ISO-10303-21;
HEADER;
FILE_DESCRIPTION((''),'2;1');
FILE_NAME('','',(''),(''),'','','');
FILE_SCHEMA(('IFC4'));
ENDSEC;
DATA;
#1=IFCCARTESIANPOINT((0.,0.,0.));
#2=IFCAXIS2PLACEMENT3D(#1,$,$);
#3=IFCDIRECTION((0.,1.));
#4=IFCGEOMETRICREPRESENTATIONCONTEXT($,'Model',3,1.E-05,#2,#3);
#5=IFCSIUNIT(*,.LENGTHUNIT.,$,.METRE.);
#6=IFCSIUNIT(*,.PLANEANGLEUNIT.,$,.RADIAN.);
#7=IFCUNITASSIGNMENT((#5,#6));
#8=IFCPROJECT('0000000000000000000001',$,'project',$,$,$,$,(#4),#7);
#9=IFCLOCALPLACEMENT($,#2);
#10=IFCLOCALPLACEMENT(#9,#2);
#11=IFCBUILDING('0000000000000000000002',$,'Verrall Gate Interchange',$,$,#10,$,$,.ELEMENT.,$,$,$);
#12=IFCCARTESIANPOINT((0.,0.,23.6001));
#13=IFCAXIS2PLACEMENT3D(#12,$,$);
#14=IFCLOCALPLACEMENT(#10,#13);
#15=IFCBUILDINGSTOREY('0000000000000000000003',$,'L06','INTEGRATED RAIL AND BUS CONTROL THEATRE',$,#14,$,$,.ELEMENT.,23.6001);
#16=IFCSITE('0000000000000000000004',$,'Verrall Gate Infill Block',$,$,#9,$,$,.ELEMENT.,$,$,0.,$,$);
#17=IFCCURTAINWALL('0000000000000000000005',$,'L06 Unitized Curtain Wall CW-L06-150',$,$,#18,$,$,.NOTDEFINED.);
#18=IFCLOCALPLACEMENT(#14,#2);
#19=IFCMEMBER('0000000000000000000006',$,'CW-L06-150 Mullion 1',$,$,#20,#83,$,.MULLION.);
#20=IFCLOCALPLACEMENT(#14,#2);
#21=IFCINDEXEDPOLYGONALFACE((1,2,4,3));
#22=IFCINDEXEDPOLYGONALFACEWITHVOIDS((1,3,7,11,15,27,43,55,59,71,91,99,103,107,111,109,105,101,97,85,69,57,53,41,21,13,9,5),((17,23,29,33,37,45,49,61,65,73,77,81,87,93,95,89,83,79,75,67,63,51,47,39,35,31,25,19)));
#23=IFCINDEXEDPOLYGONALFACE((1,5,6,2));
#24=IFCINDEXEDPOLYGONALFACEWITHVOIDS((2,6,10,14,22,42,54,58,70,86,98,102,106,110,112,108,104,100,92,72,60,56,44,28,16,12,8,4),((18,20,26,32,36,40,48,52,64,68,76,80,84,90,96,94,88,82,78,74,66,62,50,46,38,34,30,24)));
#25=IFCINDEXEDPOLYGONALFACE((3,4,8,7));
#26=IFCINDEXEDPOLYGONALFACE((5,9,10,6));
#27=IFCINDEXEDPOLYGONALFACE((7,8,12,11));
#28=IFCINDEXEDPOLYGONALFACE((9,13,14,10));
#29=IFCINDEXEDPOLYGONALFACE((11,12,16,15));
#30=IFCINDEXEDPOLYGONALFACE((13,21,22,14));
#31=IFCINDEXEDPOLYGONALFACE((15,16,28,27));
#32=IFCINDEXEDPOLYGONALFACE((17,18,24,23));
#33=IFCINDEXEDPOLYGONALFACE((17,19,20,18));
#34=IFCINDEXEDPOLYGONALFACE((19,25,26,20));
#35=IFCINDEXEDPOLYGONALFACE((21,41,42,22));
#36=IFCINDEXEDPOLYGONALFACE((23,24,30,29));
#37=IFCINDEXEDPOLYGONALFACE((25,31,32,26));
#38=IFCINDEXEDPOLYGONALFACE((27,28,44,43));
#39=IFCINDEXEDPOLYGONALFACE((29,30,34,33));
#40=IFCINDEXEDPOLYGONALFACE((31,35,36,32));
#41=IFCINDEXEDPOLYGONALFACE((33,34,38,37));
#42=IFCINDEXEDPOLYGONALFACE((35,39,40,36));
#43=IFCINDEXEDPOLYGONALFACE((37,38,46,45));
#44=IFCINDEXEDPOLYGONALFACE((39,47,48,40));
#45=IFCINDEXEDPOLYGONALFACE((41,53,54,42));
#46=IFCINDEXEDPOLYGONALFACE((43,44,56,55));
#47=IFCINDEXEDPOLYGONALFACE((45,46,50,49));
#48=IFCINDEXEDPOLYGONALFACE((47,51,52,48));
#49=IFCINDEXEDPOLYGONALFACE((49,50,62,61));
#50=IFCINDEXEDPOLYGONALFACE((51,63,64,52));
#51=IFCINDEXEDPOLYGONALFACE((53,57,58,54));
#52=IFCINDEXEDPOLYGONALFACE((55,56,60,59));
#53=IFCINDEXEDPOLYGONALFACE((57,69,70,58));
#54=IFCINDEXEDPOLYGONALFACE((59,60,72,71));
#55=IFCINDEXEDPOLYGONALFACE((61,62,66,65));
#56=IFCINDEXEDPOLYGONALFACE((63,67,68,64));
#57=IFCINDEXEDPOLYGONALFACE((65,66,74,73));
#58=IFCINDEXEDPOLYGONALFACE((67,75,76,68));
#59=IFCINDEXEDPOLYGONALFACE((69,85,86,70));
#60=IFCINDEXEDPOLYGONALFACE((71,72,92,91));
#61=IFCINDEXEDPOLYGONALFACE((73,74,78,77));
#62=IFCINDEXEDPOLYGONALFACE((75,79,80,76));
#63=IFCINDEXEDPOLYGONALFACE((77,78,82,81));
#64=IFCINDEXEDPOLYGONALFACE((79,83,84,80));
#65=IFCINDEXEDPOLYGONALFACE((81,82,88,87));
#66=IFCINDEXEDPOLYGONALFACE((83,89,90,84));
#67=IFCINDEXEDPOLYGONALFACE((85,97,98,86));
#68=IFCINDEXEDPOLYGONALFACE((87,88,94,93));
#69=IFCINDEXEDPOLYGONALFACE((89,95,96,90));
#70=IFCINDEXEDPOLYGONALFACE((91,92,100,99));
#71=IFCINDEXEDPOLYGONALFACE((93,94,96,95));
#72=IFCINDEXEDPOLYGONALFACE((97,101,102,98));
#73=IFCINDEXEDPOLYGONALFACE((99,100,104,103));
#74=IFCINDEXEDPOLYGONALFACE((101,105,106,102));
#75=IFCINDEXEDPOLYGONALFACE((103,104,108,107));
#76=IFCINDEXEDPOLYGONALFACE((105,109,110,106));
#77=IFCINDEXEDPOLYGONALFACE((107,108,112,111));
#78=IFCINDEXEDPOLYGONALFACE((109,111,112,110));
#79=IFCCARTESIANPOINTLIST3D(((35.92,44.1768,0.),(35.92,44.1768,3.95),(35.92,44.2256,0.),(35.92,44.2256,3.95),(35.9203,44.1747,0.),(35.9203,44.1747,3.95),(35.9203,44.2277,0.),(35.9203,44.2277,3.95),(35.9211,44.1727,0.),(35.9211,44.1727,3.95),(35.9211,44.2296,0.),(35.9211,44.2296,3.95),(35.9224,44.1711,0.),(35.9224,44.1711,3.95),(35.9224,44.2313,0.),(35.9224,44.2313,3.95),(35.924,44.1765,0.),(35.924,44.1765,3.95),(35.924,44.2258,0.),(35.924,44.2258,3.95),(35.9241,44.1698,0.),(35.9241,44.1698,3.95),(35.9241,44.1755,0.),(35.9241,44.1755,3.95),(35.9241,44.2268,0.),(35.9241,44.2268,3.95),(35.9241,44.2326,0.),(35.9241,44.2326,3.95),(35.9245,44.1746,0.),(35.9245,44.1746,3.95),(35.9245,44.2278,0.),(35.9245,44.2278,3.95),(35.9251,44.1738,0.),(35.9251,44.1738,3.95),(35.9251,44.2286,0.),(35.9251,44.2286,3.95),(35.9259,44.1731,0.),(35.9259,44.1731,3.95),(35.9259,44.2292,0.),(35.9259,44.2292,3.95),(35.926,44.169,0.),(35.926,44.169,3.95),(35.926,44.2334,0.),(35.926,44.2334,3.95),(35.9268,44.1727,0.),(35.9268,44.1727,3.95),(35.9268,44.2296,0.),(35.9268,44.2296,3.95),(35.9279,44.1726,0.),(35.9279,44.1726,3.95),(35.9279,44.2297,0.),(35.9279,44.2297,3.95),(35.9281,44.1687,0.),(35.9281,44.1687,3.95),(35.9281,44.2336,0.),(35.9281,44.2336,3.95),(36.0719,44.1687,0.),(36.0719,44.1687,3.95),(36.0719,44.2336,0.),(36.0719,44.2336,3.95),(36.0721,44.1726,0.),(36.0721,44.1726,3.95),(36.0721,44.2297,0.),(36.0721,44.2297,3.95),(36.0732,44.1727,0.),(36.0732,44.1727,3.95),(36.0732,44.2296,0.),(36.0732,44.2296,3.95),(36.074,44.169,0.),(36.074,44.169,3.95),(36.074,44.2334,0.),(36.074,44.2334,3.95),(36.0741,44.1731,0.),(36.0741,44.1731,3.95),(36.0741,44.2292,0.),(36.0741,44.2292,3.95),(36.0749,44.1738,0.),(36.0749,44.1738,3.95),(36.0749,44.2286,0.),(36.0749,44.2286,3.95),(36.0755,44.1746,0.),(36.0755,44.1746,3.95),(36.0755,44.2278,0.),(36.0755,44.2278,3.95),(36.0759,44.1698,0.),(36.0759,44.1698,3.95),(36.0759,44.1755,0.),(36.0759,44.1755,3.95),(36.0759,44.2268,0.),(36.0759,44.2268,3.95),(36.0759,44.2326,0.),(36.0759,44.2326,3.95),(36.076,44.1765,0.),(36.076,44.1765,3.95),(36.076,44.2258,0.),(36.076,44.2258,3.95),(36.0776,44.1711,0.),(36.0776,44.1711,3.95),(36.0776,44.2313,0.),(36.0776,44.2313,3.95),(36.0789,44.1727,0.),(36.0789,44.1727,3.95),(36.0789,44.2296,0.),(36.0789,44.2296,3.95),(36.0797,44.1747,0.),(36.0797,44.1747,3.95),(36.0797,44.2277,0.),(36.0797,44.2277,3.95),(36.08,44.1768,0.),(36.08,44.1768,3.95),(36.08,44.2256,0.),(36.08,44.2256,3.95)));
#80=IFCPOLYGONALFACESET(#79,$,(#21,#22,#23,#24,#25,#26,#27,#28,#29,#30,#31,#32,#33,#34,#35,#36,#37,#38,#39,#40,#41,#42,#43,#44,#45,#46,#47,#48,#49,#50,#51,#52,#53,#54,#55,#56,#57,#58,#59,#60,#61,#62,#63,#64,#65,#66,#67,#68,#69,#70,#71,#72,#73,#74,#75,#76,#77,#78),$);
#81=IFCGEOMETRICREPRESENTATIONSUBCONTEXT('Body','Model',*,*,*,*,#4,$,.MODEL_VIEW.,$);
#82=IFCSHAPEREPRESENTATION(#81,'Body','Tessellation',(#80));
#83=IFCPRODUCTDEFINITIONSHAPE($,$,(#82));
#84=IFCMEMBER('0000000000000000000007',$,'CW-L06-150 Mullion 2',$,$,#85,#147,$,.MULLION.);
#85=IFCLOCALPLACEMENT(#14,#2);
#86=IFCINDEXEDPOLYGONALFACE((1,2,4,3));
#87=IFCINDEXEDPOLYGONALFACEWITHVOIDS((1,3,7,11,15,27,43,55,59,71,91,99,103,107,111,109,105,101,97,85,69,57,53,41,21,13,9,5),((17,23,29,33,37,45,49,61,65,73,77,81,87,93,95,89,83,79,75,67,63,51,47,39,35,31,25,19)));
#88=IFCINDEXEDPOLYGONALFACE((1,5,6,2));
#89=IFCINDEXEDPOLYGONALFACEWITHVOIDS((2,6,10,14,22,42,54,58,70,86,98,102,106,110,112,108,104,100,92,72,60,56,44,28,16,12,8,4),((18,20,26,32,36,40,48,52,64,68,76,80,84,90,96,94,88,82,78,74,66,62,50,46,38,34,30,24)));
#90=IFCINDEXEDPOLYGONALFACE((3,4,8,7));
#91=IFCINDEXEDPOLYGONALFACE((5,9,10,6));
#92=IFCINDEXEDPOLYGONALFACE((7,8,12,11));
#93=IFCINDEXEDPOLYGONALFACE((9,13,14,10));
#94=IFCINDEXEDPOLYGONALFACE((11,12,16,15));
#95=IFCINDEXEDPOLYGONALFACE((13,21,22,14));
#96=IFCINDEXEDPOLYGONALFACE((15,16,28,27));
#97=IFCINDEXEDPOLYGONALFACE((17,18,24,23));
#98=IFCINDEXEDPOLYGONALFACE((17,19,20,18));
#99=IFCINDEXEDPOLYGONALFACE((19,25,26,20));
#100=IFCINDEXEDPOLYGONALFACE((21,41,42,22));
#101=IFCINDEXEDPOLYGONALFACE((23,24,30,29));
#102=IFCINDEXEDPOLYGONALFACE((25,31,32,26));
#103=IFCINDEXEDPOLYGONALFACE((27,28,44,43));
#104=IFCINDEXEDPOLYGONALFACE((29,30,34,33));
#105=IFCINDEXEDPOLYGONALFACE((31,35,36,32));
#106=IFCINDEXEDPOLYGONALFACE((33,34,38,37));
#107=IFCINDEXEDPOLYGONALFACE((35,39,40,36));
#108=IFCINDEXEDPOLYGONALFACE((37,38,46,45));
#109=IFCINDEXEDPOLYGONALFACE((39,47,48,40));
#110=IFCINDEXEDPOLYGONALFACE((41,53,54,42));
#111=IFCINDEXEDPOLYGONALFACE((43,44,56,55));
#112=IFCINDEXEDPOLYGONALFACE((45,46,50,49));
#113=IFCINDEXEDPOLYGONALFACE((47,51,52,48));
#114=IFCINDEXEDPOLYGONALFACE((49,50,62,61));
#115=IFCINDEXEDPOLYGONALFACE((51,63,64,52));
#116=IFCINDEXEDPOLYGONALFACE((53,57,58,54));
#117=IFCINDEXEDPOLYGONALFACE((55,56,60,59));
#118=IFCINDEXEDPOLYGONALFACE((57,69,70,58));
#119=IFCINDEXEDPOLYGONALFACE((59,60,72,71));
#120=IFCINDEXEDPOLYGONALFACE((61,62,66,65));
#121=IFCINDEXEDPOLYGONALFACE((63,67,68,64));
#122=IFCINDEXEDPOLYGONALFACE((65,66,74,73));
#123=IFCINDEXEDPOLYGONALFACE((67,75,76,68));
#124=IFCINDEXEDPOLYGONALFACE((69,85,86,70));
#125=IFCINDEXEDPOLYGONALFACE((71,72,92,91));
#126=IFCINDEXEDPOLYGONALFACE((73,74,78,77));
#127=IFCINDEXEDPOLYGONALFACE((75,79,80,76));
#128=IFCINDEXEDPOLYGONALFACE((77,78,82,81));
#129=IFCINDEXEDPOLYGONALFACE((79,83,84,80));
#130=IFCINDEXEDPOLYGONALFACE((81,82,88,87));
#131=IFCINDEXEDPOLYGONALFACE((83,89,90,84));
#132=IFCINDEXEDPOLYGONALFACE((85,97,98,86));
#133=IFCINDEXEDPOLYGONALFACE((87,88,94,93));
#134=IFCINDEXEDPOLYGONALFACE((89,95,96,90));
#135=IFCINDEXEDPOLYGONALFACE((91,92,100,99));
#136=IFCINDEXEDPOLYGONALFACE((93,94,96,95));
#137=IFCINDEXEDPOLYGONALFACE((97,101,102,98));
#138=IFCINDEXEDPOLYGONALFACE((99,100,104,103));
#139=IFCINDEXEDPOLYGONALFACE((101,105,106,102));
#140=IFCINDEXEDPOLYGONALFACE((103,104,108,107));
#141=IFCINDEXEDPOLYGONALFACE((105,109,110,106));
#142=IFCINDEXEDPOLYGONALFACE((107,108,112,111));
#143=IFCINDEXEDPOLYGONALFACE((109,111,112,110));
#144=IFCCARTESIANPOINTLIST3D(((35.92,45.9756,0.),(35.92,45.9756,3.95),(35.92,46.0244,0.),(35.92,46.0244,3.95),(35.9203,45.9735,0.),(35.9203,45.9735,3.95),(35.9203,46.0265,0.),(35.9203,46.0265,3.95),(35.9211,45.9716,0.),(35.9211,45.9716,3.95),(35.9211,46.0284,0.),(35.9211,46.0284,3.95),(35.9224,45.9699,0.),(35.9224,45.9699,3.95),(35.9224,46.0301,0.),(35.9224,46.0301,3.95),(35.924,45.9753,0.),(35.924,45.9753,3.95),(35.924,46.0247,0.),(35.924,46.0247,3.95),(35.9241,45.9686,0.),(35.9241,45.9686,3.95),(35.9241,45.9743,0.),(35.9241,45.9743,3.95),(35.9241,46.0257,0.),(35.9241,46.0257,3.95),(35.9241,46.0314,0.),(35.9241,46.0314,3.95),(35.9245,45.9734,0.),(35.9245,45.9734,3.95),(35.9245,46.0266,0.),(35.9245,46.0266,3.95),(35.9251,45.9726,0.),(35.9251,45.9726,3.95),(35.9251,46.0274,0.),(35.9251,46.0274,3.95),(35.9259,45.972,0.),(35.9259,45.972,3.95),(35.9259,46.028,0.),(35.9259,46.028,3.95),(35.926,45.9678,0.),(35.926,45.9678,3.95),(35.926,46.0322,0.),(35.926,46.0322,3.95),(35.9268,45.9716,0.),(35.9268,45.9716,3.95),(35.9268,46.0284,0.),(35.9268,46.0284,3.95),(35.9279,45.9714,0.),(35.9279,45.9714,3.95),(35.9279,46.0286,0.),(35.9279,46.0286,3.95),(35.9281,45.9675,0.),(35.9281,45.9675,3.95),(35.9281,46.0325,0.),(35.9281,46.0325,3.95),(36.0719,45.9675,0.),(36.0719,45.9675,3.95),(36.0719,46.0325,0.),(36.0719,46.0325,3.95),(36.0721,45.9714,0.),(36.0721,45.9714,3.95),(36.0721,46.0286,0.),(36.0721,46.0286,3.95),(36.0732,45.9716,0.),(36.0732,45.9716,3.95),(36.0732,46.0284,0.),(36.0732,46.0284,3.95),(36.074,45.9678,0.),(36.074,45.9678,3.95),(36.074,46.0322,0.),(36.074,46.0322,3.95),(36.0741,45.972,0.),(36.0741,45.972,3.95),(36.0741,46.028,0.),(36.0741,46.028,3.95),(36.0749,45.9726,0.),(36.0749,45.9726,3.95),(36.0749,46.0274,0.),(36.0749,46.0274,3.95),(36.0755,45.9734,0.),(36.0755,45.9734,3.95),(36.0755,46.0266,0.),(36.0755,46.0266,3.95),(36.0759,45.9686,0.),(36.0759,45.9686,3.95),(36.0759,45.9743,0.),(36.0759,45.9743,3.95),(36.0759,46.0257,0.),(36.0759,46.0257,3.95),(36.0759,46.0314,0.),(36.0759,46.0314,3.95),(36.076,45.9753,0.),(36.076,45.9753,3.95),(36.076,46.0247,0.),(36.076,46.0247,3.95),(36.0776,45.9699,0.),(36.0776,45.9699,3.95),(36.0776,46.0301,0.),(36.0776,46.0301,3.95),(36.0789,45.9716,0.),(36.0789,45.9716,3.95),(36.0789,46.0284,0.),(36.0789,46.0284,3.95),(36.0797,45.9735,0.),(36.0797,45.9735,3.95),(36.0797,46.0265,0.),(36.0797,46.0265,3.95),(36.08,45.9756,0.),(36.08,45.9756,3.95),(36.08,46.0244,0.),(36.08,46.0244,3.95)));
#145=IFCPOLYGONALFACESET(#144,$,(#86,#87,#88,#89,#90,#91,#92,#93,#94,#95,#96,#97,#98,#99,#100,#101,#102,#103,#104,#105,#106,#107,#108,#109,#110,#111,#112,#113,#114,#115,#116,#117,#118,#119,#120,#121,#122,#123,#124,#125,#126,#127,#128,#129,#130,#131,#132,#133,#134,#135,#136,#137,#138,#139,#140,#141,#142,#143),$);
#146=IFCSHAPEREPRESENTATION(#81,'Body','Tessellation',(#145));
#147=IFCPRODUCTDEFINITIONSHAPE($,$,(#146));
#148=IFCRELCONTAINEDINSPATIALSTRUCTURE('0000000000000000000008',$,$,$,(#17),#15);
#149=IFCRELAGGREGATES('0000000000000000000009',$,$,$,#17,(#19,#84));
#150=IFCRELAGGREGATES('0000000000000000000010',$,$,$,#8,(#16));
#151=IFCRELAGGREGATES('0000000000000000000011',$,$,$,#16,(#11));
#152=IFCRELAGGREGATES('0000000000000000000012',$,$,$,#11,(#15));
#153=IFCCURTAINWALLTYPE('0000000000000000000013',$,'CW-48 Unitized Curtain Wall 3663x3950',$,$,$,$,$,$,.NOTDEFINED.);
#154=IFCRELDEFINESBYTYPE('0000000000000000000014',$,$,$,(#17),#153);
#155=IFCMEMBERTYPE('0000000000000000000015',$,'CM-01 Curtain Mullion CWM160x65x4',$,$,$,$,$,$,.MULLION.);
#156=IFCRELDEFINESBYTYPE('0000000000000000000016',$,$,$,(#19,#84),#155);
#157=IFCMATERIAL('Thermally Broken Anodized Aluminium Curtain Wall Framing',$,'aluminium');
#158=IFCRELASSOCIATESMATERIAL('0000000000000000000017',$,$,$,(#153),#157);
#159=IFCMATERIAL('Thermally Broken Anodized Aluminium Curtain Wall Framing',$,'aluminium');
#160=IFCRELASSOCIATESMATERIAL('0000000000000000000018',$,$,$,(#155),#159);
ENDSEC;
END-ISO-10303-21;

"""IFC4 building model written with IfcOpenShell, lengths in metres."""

from ifc_helpers import new_model, si_unit, direction, frame, origin, origin_2d, place, context, subcontext, project, spatial, hollow_rectangle, extrude, material, material_profile, profile_set, type_object, element, aggregate, save


model = new_model("IFC4")

# Units and contexts
model_context = context("Model", 3, precision=1e-05, world=origin(), true_north=direction((0.0, 1.0)))
body_context = subcontext(model_context, "Body", "Model", "MODEL_VIEW")
ifc_project = project(units=[si_unit("LENGTHUNIT", "METRE"), si_unit("PLANEANGLEUNIT", "RADIAN")], contexts=[model_context])

# Site, building, storey
site_placement = place(None, origin())
site = spatial("IfcSite", under=ifc_project, at=site_placement, Name="Verrall Gate Infill Block", CompositionType="ELEMENT", RefElevation=0.0)
building_placement = place(site_placement, origin())
building = spatial("IfcBuilding", under=site, at=building_placement, Name="Verrall Gate Interchange", CompositionType="ELEMENT")
storey_placement = place(building_placement, frame((0.0, 0.0, 23.6001)))
storey = spatial("IfcBuildingStorey", under=building, at=storey_placement, Name="L06", Description="INTEGRATED RAIL AND BUS CONTROL THEATRE", CompositionType="ELEMENT", Elevation=23.6001)

# Curtain wall, members
ifc_material_1 = material(Name="Thermally Broken Anodized Aluminium Curtain Wall Framing", Category="aluminium")
curtain_wall_type_1 = type_object("IfcCurtainWallType", Name="CW-48 Unitized Curtain Wall 3663x3950", PredefinedType="NOTDEFINED", material=ifc_material_1)
curtain_wall_1_placement = place(storey_placement, origin())
curtain_wall_1 = element("IfcCurtainWall", 1, at=curtain_wall_1_placement, inside=storey, type_object=curtain_wall_type_1, Name="L06 Unitized Curtain Wall CW-L06-150", PredefinedType="NOTDEFINED")
ifc_material_2 = material(Name="Thermally Broken Anodized Aluminium Curtain Wall Framing", Category="aluminium")
ifc_material_profile_1 = material_profile(ifc_material_2, hollow_rectangle(XDim=0.0649, YDim=0.1599, WallThickness=0.0039, InnerFilletRadius=0.0039, OuterFilletRadius=0.0081, at=origin_2d()), Name="CWM160x65x4")
ifc_profile_set_1 = profile_set([ifc_material_profile_1], Name="Thermally Broken Anodized Aluminium Curtain Wall Framing")
member_type_1 = type_object("IfcMemberType", Name="CM-01 Curtain Mullion CWM160x65x4", PredefinedType="MULLION", material=ifc_profile_set_1)
member_1_placement = place(storey_placement, frame((36.0, 44.2012, 0.0), z_axis=(0.0, 0.0, 1.0), x_axis=(0.0, 1.0, 0.0)))
member_1 = element("IfcMember", 2, at=member_1_placement, type_object=member_type_1, Name="CW-L06-150 Mullion 1", PredefinedType="MULLION", context=body_context, shape_type="SweptSolid", body=[
    extrude(hollow_rectangle(XDim=0.0649, YDim=0.1599, WallThickness=0.0039, InnerFilletRadius=0.0039, OuterFilletRadius=0.0081, at=origin_2d()), origin(), (0.0, 0.0, 1.0), 3.95),
])
member_2_placement = place(storey_placement, frame((36.0, 46.0, 0.0), z_axis=(0.0, 0.0, 1.0), x_axis=(0.0, 1.0, 0.0)))
member_2 = element("IfcMember", 3, at=member_2_placement, type_object=member_type_1, Name="CW-L06-150 Mullion 2", PredefinedType="MULLION", context=body_context, shape_type="SweptSolid", body=[
    extrude(hollow_rectangle(XDim=0.0649, YDim=0.1599, WallThickness=0.0039, InnerFilletRadius=0.0039, OuterFilletRadius=0.0081, at=origin_2d()), origin(), (0.0, 0.0, 1.0), 3.95),
])

aggregate(curtain_wall_1, [member_1, member_2])

save(model, "model.ifc")
